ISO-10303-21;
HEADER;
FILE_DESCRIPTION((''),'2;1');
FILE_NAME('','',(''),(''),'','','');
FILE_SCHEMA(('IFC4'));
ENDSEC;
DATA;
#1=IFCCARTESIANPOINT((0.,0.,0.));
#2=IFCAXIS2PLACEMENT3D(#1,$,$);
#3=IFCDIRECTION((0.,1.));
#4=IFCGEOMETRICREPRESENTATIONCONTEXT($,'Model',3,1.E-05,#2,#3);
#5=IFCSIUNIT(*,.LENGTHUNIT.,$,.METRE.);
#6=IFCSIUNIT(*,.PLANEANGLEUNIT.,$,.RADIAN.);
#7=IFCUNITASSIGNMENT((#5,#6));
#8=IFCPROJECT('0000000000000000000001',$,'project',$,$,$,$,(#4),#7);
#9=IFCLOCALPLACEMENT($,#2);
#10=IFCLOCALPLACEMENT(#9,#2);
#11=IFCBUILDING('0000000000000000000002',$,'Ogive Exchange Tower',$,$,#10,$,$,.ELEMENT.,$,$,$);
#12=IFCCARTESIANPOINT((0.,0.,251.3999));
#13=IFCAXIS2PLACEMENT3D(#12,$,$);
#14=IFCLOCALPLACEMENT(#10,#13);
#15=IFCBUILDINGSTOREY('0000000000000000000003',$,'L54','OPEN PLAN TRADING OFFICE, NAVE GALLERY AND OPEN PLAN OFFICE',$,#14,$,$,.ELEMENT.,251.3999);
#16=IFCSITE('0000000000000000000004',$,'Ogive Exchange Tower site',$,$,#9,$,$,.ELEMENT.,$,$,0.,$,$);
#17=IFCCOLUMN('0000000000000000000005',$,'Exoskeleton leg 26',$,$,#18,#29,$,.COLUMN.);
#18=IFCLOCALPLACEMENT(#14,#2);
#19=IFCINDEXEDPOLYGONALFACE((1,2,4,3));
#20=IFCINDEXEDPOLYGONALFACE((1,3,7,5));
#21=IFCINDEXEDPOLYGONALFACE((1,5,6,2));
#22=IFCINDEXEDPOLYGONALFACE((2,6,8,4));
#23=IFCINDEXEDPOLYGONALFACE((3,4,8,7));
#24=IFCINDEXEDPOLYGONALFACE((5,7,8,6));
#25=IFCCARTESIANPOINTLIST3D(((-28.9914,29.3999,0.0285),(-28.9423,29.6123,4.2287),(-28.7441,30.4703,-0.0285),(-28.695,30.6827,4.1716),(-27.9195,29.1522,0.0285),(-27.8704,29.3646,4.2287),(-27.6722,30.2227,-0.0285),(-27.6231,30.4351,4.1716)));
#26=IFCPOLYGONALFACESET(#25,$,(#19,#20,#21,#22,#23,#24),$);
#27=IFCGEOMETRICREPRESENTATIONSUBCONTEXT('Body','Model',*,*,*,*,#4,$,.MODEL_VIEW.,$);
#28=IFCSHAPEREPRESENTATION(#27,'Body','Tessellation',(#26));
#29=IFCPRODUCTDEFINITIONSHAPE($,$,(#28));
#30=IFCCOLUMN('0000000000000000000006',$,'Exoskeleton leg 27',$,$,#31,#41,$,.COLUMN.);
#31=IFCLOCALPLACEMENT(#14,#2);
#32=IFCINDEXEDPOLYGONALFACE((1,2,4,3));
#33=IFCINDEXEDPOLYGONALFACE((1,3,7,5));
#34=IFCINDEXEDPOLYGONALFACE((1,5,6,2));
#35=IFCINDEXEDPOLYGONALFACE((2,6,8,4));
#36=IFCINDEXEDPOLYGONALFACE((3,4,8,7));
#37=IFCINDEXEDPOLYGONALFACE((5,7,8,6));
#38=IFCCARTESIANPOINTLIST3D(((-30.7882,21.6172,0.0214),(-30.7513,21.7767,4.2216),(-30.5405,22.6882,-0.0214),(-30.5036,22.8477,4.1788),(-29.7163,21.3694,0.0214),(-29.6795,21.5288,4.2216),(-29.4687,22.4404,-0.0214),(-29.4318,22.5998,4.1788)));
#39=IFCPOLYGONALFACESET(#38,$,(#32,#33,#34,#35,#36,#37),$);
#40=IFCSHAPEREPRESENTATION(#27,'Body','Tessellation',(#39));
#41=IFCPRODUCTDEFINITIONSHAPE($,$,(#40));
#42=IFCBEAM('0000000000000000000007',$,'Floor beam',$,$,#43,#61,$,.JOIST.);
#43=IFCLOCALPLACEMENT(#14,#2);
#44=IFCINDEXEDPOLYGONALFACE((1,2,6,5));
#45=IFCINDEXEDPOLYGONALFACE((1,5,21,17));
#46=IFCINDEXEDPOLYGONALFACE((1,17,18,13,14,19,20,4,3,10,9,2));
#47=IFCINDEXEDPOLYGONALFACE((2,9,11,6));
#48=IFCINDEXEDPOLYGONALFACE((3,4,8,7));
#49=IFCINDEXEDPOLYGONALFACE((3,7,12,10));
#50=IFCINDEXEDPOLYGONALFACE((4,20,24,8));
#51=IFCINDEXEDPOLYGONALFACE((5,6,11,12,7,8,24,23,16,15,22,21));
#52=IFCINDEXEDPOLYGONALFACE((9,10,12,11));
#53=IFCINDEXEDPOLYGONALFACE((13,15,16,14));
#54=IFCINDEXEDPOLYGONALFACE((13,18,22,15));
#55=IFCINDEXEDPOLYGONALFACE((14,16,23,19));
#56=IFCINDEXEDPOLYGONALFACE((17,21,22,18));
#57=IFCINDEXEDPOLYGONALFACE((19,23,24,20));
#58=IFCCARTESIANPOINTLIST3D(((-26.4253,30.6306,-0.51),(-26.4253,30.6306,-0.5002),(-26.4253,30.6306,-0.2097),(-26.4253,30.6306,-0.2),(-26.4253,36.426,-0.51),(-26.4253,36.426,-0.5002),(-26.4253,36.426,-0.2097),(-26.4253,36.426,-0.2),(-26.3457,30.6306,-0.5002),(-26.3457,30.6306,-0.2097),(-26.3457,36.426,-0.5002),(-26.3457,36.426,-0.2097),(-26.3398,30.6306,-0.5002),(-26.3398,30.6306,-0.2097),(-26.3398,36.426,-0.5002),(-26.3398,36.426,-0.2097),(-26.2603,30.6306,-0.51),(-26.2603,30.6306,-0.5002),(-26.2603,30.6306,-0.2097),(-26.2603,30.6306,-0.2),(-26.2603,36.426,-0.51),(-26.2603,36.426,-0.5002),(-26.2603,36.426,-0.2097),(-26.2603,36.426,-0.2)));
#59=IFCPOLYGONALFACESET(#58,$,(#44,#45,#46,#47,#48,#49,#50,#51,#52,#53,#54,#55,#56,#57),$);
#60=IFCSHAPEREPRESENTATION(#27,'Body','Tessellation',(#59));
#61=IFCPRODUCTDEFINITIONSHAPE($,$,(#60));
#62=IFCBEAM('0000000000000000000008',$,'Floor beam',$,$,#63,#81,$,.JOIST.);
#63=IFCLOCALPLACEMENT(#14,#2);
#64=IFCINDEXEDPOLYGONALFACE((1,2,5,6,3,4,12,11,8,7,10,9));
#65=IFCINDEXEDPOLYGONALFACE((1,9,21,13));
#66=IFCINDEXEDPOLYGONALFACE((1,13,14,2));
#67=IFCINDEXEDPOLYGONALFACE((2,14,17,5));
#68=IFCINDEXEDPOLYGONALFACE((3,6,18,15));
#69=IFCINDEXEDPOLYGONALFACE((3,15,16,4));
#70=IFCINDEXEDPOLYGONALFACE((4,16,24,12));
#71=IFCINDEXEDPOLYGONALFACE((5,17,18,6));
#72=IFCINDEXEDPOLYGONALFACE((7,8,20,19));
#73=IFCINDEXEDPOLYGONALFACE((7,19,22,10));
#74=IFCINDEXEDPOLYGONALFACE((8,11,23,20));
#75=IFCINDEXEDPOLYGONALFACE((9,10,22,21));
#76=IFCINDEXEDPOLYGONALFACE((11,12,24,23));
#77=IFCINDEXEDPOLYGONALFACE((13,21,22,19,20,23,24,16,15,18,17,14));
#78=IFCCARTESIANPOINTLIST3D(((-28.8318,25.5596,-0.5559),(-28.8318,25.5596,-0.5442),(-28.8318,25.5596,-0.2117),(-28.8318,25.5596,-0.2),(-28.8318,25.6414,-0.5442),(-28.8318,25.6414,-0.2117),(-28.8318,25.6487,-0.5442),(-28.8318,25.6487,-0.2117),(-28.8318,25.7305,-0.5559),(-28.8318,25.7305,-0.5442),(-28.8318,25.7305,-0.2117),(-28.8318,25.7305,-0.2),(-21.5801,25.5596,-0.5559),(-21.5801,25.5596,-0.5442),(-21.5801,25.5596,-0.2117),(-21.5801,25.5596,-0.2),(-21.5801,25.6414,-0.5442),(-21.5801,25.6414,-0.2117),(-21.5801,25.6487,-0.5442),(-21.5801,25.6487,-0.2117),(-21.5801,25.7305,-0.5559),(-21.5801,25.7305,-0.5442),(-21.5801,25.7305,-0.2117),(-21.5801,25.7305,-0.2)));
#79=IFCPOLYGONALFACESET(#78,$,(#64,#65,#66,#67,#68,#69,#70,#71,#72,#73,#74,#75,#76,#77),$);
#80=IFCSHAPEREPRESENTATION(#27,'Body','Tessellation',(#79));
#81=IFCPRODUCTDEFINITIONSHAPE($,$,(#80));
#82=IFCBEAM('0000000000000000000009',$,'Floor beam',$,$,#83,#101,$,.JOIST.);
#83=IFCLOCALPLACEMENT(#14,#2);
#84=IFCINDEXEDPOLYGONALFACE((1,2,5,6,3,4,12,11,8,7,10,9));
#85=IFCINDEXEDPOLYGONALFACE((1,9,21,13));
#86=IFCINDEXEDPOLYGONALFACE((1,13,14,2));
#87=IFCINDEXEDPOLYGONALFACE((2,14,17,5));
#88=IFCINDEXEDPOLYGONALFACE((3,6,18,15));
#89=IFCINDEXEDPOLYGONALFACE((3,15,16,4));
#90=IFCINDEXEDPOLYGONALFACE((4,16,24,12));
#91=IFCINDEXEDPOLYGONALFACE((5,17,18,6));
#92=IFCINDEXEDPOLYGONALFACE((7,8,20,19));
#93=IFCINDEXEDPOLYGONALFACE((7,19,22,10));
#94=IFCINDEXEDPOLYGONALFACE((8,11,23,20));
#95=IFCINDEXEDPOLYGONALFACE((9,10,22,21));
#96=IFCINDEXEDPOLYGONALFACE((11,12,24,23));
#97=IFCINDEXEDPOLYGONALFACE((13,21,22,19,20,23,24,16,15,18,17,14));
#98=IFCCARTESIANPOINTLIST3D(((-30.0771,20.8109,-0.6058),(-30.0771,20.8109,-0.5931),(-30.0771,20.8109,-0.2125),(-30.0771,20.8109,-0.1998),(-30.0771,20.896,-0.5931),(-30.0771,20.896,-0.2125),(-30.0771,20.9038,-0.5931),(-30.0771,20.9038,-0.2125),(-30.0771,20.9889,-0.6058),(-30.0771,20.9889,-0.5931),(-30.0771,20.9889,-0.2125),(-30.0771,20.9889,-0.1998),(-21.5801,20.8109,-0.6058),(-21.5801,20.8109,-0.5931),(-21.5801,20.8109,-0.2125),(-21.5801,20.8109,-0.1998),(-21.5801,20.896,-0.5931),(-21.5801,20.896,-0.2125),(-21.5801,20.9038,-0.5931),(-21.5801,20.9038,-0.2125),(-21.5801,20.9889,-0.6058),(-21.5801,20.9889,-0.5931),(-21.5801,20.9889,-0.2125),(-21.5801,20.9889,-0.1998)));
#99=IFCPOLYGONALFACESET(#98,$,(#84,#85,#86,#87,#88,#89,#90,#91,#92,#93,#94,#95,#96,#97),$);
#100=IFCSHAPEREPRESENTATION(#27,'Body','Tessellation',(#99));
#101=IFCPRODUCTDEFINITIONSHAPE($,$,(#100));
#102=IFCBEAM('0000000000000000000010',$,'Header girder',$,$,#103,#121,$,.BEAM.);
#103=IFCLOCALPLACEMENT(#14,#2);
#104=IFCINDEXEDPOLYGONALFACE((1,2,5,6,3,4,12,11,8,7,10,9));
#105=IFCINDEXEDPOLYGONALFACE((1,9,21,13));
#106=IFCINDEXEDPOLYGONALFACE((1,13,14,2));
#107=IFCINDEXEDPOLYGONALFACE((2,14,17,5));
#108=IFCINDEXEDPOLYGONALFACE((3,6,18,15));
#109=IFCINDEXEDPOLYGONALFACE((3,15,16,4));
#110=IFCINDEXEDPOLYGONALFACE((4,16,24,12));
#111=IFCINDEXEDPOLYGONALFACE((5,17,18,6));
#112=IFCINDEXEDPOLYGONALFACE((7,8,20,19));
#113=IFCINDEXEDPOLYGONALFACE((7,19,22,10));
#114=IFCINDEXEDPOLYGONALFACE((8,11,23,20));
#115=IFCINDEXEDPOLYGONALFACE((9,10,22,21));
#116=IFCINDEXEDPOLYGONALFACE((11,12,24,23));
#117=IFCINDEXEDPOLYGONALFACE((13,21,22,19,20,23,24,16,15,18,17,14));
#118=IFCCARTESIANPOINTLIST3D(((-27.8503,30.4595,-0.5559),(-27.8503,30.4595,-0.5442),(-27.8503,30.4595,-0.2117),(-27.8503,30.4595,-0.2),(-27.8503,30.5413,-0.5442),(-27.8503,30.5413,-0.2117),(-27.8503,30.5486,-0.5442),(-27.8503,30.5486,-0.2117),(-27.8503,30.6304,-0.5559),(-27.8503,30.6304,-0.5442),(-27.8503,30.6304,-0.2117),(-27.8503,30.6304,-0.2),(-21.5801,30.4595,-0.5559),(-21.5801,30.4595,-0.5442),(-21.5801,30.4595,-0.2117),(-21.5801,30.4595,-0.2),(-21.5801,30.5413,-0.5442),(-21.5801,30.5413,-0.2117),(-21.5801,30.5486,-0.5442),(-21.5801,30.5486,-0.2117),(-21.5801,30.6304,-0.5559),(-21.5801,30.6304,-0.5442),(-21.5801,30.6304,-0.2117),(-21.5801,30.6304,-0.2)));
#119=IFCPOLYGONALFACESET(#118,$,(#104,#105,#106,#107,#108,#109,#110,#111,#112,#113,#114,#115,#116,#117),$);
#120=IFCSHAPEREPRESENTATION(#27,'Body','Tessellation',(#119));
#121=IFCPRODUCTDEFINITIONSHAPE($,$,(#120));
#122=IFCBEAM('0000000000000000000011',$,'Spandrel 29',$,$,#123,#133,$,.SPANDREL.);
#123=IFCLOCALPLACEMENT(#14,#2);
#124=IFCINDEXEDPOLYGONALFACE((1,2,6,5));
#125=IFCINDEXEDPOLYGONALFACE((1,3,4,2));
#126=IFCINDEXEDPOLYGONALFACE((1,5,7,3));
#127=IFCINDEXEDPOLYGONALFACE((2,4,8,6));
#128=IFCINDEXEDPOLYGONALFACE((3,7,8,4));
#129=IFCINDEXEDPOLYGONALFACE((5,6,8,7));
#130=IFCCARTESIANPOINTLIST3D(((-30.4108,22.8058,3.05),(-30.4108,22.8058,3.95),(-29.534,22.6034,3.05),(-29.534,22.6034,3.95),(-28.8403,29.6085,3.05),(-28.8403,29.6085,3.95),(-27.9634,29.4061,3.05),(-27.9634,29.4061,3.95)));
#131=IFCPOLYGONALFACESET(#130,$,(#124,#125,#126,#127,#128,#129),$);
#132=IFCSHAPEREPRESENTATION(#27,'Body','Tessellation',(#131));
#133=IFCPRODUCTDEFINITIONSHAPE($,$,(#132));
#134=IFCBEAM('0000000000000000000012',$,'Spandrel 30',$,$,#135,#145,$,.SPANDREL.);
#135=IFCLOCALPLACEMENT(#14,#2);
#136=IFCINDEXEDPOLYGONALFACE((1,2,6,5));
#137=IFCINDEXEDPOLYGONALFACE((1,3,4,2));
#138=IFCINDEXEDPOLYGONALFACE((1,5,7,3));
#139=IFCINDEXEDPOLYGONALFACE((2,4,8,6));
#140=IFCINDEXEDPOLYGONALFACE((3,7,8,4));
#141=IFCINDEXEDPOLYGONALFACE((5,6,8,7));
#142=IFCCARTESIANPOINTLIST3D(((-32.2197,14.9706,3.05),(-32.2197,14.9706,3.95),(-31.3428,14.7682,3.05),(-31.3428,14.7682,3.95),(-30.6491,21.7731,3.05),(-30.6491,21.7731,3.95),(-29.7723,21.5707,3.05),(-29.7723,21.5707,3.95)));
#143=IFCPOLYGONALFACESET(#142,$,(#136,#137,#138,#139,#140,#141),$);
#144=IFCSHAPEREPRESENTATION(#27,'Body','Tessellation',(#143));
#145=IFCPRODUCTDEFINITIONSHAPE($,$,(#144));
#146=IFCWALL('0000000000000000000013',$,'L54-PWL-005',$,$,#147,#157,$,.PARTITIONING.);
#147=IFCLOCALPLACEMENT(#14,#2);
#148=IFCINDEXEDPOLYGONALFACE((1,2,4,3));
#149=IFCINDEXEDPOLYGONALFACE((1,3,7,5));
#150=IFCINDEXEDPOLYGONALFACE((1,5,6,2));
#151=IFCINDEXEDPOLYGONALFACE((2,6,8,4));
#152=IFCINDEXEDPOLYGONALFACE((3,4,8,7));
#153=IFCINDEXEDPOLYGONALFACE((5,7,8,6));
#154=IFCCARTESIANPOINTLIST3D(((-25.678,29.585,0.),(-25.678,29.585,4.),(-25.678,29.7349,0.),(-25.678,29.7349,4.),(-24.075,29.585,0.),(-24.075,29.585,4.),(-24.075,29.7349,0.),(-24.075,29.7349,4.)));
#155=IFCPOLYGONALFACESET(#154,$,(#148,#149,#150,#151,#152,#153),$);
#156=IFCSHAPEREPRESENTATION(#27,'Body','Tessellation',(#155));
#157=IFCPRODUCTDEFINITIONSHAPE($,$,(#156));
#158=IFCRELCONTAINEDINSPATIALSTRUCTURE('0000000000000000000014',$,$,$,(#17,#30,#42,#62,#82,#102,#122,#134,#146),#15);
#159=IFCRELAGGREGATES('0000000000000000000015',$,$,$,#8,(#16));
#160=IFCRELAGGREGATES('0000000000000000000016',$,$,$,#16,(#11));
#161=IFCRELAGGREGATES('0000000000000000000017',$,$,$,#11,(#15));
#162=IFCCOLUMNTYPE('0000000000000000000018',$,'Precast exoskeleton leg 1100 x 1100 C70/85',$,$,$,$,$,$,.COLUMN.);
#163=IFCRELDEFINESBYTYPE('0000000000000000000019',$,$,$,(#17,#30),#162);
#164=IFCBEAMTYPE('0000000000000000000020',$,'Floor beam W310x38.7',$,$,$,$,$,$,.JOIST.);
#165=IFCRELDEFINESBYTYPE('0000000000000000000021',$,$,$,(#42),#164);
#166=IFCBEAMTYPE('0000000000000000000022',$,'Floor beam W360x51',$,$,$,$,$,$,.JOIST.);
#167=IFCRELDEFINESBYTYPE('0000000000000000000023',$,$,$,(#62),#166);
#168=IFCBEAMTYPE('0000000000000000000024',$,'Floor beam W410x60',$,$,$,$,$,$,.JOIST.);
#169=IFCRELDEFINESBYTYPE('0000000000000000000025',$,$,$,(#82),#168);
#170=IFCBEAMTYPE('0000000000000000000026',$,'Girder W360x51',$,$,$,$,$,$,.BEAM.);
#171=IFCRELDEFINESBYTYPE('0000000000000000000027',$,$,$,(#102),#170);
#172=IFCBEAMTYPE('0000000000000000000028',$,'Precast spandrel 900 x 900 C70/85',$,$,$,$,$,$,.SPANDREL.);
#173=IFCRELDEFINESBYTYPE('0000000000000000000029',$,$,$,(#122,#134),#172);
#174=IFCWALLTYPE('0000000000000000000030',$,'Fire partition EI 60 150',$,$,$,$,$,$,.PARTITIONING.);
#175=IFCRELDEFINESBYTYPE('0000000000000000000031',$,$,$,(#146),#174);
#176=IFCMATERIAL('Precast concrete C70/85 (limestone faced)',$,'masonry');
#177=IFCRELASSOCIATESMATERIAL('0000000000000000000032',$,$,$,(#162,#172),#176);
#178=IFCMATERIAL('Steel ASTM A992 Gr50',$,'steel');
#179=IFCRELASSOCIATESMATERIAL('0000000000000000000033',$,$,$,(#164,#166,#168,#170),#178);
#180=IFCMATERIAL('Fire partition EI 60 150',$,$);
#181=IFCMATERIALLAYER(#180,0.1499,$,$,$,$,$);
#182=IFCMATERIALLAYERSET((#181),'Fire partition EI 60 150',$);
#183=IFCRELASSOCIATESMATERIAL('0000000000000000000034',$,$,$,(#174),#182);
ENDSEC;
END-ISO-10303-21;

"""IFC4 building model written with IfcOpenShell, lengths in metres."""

from ifc_helpers import new_model, si_unit, direction, frame, frame_2d, origin, origin_2d, place, context, subcontext, project, spatial, rectangle, i_section, extrude, material, layer, layer_set, material_profile, profile_set, type_object, element, save


model = new_model("IFC4")

# Units and contexts
model_context = context("Model", 3, precision=1e-05, world=origin(), true_north=direction((0.0, 1.0)))
body_context = subcontext(model_context, "Body", "Model", "MODEL_VIEW")
ifc_project = project(units=[si_unit("LENGTHUNIT", "METRE"), si_unit("PLANEANGLEUNIT", "RADIAN")], contexts=[model_context])

# Site, building, storey
site_placement = place(None, origin())
site = spatial("IfcSite", under=ifc_project, at=site_placement, Name="Ogive Exchange Tower site", CompositionType="ELEMENT", RefElevation=0.0)
building_placement = place(site_placement, origin())
building = spatial("IfcBuilding", under=site, at=building_placement, Name="Ogive Exchange Tower", CompositionType="ELEMENT")
storey_placement = place(building_placement, frame((0.0, 0.0, 251.3999)))
storey = spatial("IfcBuildingStorey", under=building, at=storey_placement, Name="L54", Description="OPEN PLAN TRADING OFFICE, NAVE GALLERY AND OPEN PLAN OFFICE", CompositionType="ELEMENT", Elevation=251.3999)

# Columns
ifc_material_1 = material(Name="Precast concrete C70/85 (limestone faced)", Category="masonry")
ifc_material_profile_1 = material_profile(ifc_material_1, rectangle(XDim=1.1001, YDim=1.1001, at=origin_2d()), Name="1100 x 1100")
ifc_profile_set_1 = profile_set([ifc_material_profile_1], Name="Precast concrete C70/85 (limestone faced)")
column_type = type_object("IfcColumnType", Name="Precast exoskeleton leg 1100 x 1100 C70/85", PredefinedType="COLUMN", material=ifc_profile_set_1)
column_1_placement = place(storey_placement, frame((-28.3318, 29.8113, 0.0), z_axis=(0.011668, 0.050502, 0.998656), x_axis=(-0.974335, 0.225105, 0.0)))
element("IfcColumn", 1, at=column_1_placement, inside=storey, type_object=column_type, Name="Exoskeleton leg 26", PredefinedType="COLUMN", context=body_context, shape_type="SweptSolid", body=[
    extrude(rectangle(XDim=1.1001, YDim=1.1001, at=origin_2d()), origin(), (0.0, 0.0, 1.0), 4.2058),
])
column_2_placement = place(storey_placement, frame((-30.1284, 22.0288, 0.0), z_axis=(0.00877, 0.037928, 0.999242), x_axis=(-0.974291, 0.225295, 0.0)))
element("IfcColumn", 2, at=column_2_placement, inside=storey, type_object=column_type, Name="Exoskeleton leg 27", PredefinedType="COLUMN", context=body_context, shape_type="SweptSolid", body=[
    extrude(rectangle(XDim=1.1001, YDim=1.1001, at=origin_2d()), origin(), (0.0, 0.0, 1.0), 4.2034),
])

# Beams
ifc_material_2 = material(Name="Steel ASTM A992 Gr50", Category="steel")
ifc_material_profile_2 = material_profile(ifc_material_2, i_section(OverallWidth=0.165, OverallDepth=0.3101, WebThickness=0.0059, FlangeThickness=0.0098, at=origin_2d()), Name="W310x38.7")
ifc_profile_set_2 = profile_set([ifc_material_profile_2], Name="Steel ASTM A992 Gr50")
beam_type_1 = type_object("IfcBeamType", Name="Floor beam W310x38.7", PredefinedType="JOIST", material=ifc_profile_set_2)
beam_1_placement = place(storey_placement, frame((-26.3428, 30.6306, -0.355), z_axis=(0.0, 1.0, 0.0), x_axis=(-1.0, 0.0, 0.0)))
element("IfcBeam", 3, at=beam_1_placement, inside=storey, type_object=beam_type_1, Name="Floor beam", PredefinedType="JOIST", context=body_context, shape_type="SweptSolid", body=[
    extrude(i_section(OverallWidth=0.165, OverallDepth=0.3101, WebThickness=0.0059, FlangeThickness=0.0098, at=origin_2d()), origin(), (0.0, 0.0, 1.0), 5.7954),
])
ifc_material_profile_3 = material_profile(ifc_material_2, i_section(OverallWidth=0.1709, OverallDepth=0.356, WebThickness=0.0073, FlangeThickness=0.0117, at=origin_2d()), Name="W360x51")
ifc_profile_set_3 = profile_set([ifc_material_profile_3], Name="Steel ASTM A992 Gr50")
beam_type_2 = type_object("IfcBeamType", Name="Floor beam W360x51", PredefinedType="JOIST", material=ifc_profile_set_3)
beam_2_placement = place(storey_placement, frame((-28.8318, 25.645, -0.3779), z_axis=(1.0, 0.0, 0.0), x_axis=(0.0, 1.0, 0.0)))
element("IfcBeam", 4, at=beam_2_placement, inside=storey, type_object=beam_type_2, Name="Floor beam", PredefinedType="JOIST", context=body_context, shape_type="SweptSolid", body=[
    extrude(i_section(OverallWidth=0.1709, OverallDepth=0.356, WebThickness=0.0073, FlangeThickness=0.0117, at=origin_2d()), origin(), (0.0, 0.0, 1.0), 7.2517),
])
ifc_material_profile_4 = material_profile(ifc_material_2, i_section(OverallWidth=0.178, OverallDepth=0.406, WebThickness=0.0078, FlangeThickness=0.0127, at=origin_2d()), Name="W410x60")
ifc_profile_set_4 = profile_set([ifc_material_profile_4], Name="Steel ASTM A992 Gr50")
beam_type_3 = type_object("IfcBeamType", Name="Floor beam W410x60", PredefinedType="JOIST", material=ifc_profile_set_4)
beam_3_placement = place(storey_placement, frame((-30.0771, 20.8999, -0.4028), z_axis=(1.0, 0.0, 0.0), x_axis=(0.0, 1.0, 0.0)))
element("IfcBeam", 5, at=beam_3_placement, inside=storey, type_object=beam_type_3, Name="Floor beam", PredefinedType="JOIST", context=body_context, shape_type="SweptSolid", body=[
    extrude(i_section(OverallWidth=0.178, OverallDepth=0.406, WebThickness=0.0078, FlangeThickness=0.0127, at=origin_2d()), origin(), (0.0, 0.0, 1.0), 8.4971),
])
ifc_material_profile_5 = material_profile(ifc_material_2, i_section(OverallWidth=0.1709, OverallDepth=0.356, WebThickness=0.0073, FlangeThickness=0.0117, at=origin_2d()), Name="W360x51")
ifc_profile_set_5 = profile_set([ifc_material_profile_5], Name="Steel ASTM A992 Gr50")
beam_type_4 = type_object("IfcBeamType", Name="Girder W360x51", PredefinedType="BEAM", material=ifc_profile_set_5)
beam_4_placement = place(storey_placement, frame((-27.8503, 30.5449, -0.3779), z_axis=(1.0, 0.0, 0.0), x_axis=(0.0, 1.0, 0.0)))
element("IfcBeam", 6, at=beam_4_placement, inside=storey, type_object=beam_type_4, Name="Header girder", PredefinedType="BEAM", context=body_context, shape_type="SweptSolid", body=[
    extrude(i_section(OverallWidth=0.1709, OverallDepth=0.356, WebThickness=0.0073, FlangeThickness=0.0117, at=origin_2d()), origin(), (0.0, 0.0, 1.0), 6.2703),
])
ifc_material_profile_6 = material_profile(ifc_material_1, rectangle(XDim=0.8999, YDim=0.8999, at=origin_2d()), Name="900 x 900")
ifc_profile_set_6 = profile_set([ifc_material_profile_6], Name="Precast concrete C70/85 (limestone faced)")
beam_type_5 = type_object("IfcBeamType", Name="Precast spandrel 900 x 900 C70/85", PredefinedType="SPANDREL", material=ifc_profile_set_6)
beam_5_placement = place(storey_placement, frame((-28.4019, 29.5073, 3.5), z_axis=(-0.224954, -0.974369, 0.0), x_axis=(0.974369, -0.224954, 0.0)))
element("IfcBeam", 7, at=beam_5_placement, inside=storey, type_object=beam_type_5, Name="Spandrel 29", PredefinedType="SPANDREL", context=body_context, shape_type="SweptSolid", body=[
    extrude(rectangle(XDim=0.8999, YDim=0.8999, at=origin_2d()), origin(), (0.0, 0.0, 1.0), 6.9817),
])
beam_6_placement = place(storey_placement, frame((-30.2107, 21.6719, 3.5), z_axis=(-0.224962, -0.974368, 0.0), x_axis=(0.974368, -0.224962, 0.0)))
element("IfcBeam", 8, at=beam_6_placement, inside=storey, type_object=beam_type_5, Name="Spandrel 30", PredefinedType="SPANDREL", context=body_context, shape_type="SweptSolid", body=[
    extrude(rectangle(XDim=0.8999, YDim=0.8999, at=origin_2d()), origin(), (0.0, 0.0, 1.0), 6.9814),
])

# Wall
ifc_material_3 = material(Name="Fire partition EI 60 150")
ifc_layer_1 = layer(ifc_material_3, 0.1499)
ifc_layer_set_1 = layer_set([ifc_layer_1], Name="Fire partition EI 60 150")
wall_type_1 = type_object("IfcWallType", Name="Fire partition EI 60 150", PredefinedType="PARTITIONING", material=ifc_layer_set_1)
wall_1_placement = place(storey_placement, frame((-24.075, 29.6599, 0.0), z_axis=(0.0, 0.0, 1.0), x_axis=(-1.0, 0.0, 0.0)))
element("IfcWall", 9, at=wall_1_placement, inside=storey, type_object=wall_type_1, Name="L54-PWL-005", PredefinedType="PARTITIONING", context=body_context, shape_type="SweptSolid", body=[
    extrude(rectangle(XDim=1.603, YDim=0.1499, at=frame_2d((0.8015, 0.0))), origin(), (0.0, 0.0, 1.0), 4.0),
])

save(model, "model.ifc")
